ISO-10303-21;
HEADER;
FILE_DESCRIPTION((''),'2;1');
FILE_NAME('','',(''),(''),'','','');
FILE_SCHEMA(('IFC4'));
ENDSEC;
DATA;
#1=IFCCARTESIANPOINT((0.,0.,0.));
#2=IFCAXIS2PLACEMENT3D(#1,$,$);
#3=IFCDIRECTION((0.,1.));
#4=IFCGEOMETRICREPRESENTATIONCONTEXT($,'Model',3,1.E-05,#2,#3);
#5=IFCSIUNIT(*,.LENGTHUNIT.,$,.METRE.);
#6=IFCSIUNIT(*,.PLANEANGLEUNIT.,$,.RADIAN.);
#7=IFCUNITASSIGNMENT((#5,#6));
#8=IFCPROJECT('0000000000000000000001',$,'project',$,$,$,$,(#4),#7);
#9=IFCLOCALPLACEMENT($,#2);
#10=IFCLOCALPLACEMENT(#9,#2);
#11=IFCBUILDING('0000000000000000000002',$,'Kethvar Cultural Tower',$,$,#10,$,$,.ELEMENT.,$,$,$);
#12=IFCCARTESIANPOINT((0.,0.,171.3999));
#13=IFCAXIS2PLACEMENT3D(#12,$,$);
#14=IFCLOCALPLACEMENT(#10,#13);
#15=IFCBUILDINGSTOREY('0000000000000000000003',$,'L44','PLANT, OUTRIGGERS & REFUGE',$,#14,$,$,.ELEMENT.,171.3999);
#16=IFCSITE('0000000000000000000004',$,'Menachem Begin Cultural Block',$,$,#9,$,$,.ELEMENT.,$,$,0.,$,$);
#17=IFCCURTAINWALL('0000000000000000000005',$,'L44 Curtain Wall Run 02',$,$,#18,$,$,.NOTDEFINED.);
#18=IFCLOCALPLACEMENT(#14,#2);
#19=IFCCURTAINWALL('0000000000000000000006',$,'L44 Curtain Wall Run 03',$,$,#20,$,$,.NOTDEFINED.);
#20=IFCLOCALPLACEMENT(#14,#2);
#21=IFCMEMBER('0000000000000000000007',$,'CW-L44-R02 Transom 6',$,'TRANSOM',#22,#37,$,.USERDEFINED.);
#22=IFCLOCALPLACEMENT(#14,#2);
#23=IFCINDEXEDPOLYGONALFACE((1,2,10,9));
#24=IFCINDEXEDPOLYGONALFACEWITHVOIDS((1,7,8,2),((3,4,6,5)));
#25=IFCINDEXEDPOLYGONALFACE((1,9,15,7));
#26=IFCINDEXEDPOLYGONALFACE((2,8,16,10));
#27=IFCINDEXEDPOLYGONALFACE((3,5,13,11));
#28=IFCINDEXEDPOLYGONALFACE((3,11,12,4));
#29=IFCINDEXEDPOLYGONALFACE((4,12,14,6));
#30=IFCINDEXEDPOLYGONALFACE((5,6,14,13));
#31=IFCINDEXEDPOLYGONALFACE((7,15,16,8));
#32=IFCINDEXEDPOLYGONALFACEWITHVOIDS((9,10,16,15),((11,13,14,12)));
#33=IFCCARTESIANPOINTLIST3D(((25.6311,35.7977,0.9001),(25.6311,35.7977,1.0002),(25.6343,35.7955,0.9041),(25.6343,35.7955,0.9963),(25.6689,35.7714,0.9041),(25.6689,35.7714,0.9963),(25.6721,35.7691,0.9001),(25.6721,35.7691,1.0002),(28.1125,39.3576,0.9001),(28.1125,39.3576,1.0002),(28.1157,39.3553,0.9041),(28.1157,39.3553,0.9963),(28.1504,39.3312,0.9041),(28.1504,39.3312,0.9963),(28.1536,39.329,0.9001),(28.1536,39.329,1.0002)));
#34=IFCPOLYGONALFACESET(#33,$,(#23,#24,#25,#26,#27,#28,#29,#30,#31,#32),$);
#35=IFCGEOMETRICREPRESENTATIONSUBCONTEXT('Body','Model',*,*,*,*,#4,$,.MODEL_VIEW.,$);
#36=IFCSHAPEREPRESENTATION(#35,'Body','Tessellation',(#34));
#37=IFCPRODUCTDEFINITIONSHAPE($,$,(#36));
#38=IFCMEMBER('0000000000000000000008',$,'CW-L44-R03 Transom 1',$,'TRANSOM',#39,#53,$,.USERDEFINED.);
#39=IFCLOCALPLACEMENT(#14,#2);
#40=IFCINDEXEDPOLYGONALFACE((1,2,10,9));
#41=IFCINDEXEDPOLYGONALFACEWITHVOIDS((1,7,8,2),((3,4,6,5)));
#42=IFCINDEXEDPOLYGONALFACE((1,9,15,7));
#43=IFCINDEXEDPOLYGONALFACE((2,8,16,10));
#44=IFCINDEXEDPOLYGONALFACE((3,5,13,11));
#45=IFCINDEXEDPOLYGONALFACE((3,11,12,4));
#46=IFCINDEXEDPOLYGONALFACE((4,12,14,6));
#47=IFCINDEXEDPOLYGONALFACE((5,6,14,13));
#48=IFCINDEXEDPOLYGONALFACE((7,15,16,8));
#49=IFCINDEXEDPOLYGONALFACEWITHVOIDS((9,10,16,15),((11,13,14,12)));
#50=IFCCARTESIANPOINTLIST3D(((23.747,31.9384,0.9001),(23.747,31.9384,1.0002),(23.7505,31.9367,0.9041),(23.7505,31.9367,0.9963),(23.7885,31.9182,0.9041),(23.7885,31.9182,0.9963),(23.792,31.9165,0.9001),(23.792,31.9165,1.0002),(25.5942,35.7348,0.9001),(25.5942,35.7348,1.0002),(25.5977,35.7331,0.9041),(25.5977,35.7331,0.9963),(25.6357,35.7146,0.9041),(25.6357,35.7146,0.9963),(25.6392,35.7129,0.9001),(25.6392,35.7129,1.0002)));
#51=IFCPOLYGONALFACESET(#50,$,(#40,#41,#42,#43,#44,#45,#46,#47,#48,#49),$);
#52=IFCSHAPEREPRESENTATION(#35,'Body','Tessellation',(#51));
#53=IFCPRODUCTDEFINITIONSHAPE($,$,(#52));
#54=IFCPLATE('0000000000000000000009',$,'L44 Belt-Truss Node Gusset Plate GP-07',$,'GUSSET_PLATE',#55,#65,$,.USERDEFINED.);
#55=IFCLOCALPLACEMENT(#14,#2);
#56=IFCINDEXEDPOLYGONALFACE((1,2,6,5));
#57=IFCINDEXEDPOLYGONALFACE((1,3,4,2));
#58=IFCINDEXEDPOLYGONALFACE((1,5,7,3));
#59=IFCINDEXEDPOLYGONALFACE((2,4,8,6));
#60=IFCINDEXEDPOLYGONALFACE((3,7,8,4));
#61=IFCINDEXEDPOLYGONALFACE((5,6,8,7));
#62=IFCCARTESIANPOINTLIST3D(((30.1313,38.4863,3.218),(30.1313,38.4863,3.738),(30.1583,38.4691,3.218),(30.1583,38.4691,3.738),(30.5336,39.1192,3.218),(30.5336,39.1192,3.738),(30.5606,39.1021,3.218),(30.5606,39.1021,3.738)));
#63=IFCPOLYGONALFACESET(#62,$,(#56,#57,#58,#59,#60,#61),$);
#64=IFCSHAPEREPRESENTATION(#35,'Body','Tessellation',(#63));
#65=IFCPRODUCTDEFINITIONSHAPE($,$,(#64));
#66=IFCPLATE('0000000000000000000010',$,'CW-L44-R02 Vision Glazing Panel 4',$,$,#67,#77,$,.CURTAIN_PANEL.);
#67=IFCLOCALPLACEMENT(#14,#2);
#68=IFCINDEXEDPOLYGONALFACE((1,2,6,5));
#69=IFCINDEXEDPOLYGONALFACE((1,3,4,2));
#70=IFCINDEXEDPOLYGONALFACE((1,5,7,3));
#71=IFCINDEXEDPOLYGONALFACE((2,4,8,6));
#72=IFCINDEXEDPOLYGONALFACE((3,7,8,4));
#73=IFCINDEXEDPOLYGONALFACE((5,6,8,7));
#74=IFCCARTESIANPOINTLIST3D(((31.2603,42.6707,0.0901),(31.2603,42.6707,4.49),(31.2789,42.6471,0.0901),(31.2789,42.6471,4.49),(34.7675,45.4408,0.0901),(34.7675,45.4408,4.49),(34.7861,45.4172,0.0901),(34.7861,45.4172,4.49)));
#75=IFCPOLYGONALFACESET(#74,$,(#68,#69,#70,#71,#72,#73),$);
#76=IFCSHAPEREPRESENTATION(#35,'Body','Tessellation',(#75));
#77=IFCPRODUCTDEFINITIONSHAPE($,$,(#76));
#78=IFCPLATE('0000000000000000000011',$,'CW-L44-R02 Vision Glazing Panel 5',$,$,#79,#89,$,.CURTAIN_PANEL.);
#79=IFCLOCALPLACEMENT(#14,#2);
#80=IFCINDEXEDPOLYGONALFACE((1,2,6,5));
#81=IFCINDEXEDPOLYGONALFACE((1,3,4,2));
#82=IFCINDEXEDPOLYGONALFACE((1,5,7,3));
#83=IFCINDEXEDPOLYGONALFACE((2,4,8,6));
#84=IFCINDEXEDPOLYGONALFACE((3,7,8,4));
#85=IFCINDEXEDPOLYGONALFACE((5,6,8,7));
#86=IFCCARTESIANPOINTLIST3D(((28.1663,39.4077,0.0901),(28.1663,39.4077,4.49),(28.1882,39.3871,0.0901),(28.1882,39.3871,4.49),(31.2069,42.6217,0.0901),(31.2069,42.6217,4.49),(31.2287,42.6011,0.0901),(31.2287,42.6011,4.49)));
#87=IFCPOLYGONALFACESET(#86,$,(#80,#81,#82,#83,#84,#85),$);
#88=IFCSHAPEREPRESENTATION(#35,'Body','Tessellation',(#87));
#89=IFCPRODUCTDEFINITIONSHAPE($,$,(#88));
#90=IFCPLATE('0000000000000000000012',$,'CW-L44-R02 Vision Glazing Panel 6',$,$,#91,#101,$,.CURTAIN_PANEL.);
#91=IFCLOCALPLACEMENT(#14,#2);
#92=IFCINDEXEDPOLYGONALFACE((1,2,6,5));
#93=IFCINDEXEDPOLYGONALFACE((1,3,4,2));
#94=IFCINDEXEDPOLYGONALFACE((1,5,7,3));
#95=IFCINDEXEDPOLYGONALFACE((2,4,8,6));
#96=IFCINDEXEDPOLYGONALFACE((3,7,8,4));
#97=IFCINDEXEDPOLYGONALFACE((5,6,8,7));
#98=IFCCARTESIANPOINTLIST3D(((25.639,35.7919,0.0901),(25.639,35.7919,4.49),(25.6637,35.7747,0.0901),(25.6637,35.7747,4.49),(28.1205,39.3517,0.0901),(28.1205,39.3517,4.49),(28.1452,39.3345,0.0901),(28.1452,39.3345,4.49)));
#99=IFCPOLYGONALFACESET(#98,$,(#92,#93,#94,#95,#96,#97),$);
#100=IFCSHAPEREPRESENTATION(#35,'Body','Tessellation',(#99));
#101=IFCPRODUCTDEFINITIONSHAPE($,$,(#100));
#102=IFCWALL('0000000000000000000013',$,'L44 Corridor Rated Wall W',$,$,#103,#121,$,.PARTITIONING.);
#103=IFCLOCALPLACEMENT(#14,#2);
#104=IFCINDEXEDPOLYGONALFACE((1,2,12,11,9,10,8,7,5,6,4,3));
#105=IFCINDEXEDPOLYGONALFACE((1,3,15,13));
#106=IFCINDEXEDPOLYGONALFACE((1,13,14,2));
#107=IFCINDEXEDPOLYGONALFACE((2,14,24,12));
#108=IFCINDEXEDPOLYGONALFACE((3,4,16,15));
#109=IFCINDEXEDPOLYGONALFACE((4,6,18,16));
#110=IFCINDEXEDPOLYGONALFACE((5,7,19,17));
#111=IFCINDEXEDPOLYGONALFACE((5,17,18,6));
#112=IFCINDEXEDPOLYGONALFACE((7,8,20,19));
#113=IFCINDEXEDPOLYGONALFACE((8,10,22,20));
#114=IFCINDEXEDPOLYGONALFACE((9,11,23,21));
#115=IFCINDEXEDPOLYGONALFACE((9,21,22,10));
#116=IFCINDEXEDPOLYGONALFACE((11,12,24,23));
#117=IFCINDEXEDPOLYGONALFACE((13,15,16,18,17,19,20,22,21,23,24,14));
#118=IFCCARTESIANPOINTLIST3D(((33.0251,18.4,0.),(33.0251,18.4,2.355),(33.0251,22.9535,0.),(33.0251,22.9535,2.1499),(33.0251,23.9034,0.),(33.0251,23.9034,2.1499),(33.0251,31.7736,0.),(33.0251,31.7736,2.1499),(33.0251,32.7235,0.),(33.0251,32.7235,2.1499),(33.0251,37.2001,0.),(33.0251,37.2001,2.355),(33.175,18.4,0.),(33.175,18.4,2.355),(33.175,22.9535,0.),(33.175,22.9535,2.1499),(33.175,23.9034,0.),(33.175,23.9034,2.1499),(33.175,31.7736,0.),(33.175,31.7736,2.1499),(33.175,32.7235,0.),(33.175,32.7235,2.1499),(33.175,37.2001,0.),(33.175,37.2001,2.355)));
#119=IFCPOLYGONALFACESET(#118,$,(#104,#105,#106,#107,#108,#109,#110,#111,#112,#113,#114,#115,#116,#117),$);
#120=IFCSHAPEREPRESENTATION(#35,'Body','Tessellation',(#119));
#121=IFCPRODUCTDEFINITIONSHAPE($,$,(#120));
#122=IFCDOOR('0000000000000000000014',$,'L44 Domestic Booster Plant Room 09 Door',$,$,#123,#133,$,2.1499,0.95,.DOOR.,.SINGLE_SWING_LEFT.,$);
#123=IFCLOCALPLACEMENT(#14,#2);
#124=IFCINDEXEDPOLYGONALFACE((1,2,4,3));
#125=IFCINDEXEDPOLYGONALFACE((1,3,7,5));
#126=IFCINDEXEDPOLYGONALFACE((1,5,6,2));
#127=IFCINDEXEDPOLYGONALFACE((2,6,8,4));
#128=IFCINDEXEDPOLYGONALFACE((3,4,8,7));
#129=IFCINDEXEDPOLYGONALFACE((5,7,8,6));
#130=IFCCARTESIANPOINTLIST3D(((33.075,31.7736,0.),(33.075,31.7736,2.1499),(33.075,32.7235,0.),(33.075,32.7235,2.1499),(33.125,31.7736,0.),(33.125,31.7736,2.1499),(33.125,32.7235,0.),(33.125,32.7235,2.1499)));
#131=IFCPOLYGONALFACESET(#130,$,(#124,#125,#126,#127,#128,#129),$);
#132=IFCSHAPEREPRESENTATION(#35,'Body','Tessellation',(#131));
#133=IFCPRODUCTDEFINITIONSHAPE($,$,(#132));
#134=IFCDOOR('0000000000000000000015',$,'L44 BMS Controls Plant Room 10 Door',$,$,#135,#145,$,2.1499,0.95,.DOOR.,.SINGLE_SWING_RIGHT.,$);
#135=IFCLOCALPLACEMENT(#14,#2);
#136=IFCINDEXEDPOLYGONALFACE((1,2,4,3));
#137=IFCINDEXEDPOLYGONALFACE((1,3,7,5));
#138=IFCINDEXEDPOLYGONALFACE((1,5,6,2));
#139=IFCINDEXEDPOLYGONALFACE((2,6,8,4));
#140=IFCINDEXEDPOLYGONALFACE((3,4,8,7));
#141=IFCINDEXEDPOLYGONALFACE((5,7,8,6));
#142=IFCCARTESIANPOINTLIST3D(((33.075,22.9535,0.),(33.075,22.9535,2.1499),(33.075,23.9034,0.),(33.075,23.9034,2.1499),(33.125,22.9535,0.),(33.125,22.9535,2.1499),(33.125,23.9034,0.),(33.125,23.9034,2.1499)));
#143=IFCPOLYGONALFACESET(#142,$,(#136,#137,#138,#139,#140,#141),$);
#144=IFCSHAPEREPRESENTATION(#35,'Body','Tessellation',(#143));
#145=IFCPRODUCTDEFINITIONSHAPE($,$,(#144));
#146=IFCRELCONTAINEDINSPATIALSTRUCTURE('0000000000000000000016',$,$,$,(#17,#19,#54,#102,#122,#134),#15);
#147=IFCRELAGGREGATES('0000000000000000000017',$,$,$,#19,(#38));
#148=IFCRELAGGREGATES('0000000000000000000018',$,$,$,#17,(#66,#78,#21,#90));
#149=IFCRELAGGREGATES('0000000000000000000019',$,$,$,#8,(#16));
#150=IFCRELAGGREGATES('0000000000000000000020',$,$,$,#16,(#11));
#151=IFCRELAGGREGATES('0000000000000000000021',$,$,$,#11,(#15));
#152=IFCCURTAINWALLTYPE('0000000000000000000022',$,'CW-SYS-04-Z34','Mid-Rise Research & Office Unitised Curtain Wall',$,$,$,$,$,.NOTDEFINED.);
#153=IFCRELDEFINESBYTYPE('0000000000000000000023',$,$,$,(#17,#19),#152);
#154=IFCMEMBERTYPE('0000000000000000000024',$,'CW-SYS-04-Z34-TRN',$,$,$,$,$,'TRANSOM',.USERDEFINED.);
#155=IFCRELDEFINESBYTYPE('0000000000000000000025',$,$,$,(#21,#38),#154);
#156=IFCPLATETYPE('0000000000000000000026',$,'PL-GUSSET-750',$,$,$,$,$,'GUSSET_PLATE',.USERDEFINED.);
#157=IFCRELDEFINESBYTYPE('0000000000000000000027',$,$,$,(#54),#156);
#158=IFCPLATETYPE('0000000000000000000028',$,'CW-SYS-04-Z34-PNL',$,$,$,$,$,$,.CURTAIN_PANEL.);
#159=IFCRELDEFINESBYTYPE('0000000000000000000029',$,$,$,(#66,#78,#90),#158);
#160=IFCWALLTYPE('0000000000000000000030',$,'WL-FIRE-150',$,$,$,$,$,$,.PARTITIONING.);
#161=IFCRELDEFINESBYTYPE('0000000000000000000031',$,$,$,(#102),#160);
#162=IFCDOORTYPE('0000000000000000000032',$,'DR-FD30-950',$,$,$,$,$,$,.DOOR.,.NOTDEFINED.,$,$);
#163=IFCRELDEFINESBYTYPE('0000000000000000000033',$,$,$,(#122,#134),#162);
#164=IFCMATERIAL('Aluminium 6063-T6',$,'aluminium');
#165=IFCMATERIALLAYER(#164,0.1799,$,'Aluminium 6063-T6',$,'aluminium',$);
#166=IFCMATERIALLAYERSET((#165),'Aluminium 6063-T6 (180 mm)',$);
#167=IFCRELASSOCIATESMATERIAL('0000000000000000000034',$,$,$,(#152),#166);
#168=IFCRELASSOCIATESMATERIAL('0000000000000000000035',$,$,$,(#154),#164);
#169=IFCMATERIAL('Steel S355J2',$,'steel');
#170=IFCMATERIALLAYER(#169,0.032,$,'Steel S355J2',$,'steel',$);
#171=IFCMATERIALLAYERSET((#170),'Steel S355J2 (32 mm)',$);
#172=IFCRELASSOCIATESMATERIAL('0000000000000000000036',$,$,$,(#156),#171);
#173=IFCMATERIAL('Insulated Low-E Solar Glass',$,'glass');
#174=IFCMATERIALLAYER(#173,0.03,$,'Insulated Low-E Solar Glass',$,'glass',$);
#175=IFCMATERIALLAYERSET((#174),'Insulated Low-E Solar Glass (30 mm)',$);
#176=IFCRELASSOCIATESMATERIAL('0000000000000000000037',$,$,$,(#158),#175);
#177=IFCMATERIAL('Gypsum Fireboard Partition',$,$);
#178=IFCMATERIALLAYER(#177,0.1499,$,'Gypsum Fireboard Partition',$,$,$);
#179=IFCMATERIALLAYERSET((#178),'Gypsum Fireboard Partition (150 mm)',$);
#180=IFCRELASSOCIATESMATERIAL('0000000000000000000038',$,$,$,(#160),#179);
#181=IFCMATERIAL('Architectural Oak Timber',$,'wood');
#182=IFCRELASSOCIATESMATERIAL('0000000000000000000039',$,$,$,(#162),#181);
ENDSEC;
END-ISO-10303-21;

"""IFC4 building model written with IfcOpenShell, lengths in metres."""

from ifc_helpers import new_model, si_unit, direction, frame, frame_2d, origin, origin_2d, place, context, subcontext, project, spatial, rectangle, hollow_rectangle, extrude, source, transform, mapped, material, layer, layer_set, material_profile, profile_set, type_object, element, fill, aggregate, save


model = new_model("IFC4")

# Units and contexts
model_context = context("Model", 3, precision=1e-05, world=origin(), true_north=direction((0.0, 1.0)))
body_context = subcontext(model_context, "Body", "Model", "MODEL_VIEW")
ifc_project = project(units=[si_unit("LENGTHUNIT", "METRE"), si_unit("PLANEANGLEUNIT", "RADIAN")], contexts=[model_context])

# Site, building, storey
site_placement = place(None, origin())
site = spatial("IfcSite", under=ifc_project, at=site_placement, Name="Menachem Begin Cultural Block", CompositionType="ELEMENT", RefElevation=0.0)
building_placement = place(site_placement, origin())
building = spatial("IfcBuilding", under=site, at=building_placement, Name="Kethvar Cultural Tower", CompositionType="ELEMENT")
storey_placement = place(building_placement, frame((0.0, 0.0, 171.3999)))
storey = spatial("IfcBuildingStorey", under=building, at=storey_placement, Name="L44", Description="PLANT, OUTRIGGERS & REFUGE", CompositionType="ELEMENT", Elevation=171.3999)

# Curtain wall
ifc_material_1 = material(Name="Aluminium 6063-T6", Category="aluminium")
ifc_layer_1 = layer(ifc_material_1, 0.1799, Name="Aluminium 6063-T6", Category="aluminium")
ifc_layer_set_1 = layer_set([ifc_layer_1], Name="Aluminium 6063-T6 (180 mm)")
curtain_wall_type = type_object("IfcCurtainWallType", Name="CW-SYS-04-Z34", Description="Mid-Rise Research & Office Unitised Curtain Wall", PredefinedType="NOTDEFINED", material=ifc_layer_set_1)
curtain_wall_1_placement = place(storey_placement, origin())
curtain_wall_1 = element("IfcCurtainWall", 1, at=curtain_wall_1_placement, inside=storey, type_object=curtain_wall_type, Name="L44 Curtain Wall Run 02", PredefinedType="NOTDEFINED")

# Curtain wall
curtain_wall_2_placement = place(storey_placement, origin())
curtain_wall_2 = element("IfcCurtainWall", 2, at=curtain_wall_2_placement, inside=storey, type_object=curtain_wall_type, Name="L44 Curtain Wall Run 03", PredefinedType="NOTDEFINED")

# Members
ifc_material_profile_1 = material_profile(ifc_material_1, hollow_rectangle(XDim=0.05, YDim=0.1001, WallThickness=0.0039, at=origin_2d()), Name="Aluminium 6063-T6 — RHS100x50x4")
ifc_profile_set_1 = profile_set([ifc_material_profile_1], Name="Aluminium 6063-T6 — RHS100x50x4")
member_type_1 = type_object("IfcMemberType", Name="CW-SYS-04-Z34-TRN", ElementType="TRANSOM", PredefinedType="USERDEFINED", material=ifc_profile_set_1)
shared_shape_1 = source(origin(), body_context, "Body", "SweptSolid", [
    extrude(hollow_rectangle(XDim=0.05, YDim=0.1001, WallThickness=0.0039, at=origin_2d()), origin(), (0.0, 0.0, 1.0), 4.3394),
])
member_1_placement = place(storey_placement, frame((28.1331, 39.3433, 0.9502), z_axis=(-0.571849, -0.820359, 0.0), x_axis=(0.820359, -0.571849, 0.0)))
member_1 = element("IfcMember", 3, at=member_1_placement, type_object=member_type_1, Name="CW-L44-R02 Transom 6", ObjectType="TRANSOM", PredefinedType="USERDEFINED", context=body_context, shape_type="MappedRepresentation", body=[
    mapped(shared_shape_1, transform((0.0, 0.0, 0.0), scale=1.0)),
])
shared_shape_2 = source(origin(), body_context, "Body", "SweptSolid", [
    extrude(hollow_rectangle(XDim=0.05, YDim=0.1001, WallThickness=0.0039, at=origin_2d()), origin(), (0.0, 0.0, 1.0), 4.2219),
])
member_2_placement = place(storey_placement, frame((25.6167, 35.7239, 0.9502), z_axis=(-0.437519, -0.899209, 0.0), x_axis=(0.899209, -0.437519, 0.0)))
member_2 = element("IfcMember", 4, at=member_2_placement, type_object=member_type_1, Name="CW-L44-R03 Transom 1", ObjectType="TRANSOM", PredefinedType="USERDEFINED", context=body_context, shape_type="MappedRepresentation", body=[
    mapped(shared_shape_2, transform((0.0, 0.0, 0.0), scale=1.0)),
])
aggregate(curtain_wall_2, [member_2])

# Plates
ifc_material_2 = material(Name="Steel S355J2", Category="steel")
ifc_layer_2 = layer(ifc_material_2, 0.032, Name="Steel S355J2", Category="steel")
ifc_layer_set_2 = layer_set([ifc_layer_2], Name="Steel S355J2 (32 mm)")
plate_type_1 = type_object("IfcPlateType", Name="PL-GUSSET-750", ElementType="GUSSET_PLATE", PredefinedType="USERDEFINED", material=ifc_layer_set_2)
shared_shape_3 = source(origin(), body_context, "Body", "SweptSolid", [
    extrude(rectangle(XDim=0.75, YDim=0.032, at=origin_2d()), origin(), (0.0, 0.0, 1.0), 0.52),
])
plate_1_placement = place(storey_placement, frame((30.3459, 38.7942, 3.218), z_axis=(0.0, 0.0, 1.0), x_axis=(-0.536471, -0.843919, 0.0)))
element("IfcPlate", 5, at=plate_1_placement, inside=storey, type_object=plate_type_1, Name="L44 Belt-Truss Node Gusset Plate GP-07", ObjectType="GUSSET_PLATE", PredefinedType="USERDEFINED", context=body_context, shape_type="MappedRepresentation", body=[
    mapped(shared_shape_3, transform((0.0, 0.0, 0.0), scale=1.0)),
])
ifc_material_3 = material(Name="Insulated Low-E Solar Glass", Category="glass")
ifc_layer_3 = layer(ifc_material_3, 0.03, Name="Insulated Low-E Solar Glass", Category="glass")
ifc_layer_set_3 = layer_set([ifc_layer_3], Name="Insulated Low-E Solar Glass (30 mm)")
plate_type_2 = type_object("IfcPlateType", Name="CW-SYS-04-Z34-PNL", PredefinedType="CURTAIN_PANEL", material=ifc_layer_set_3)
shared_shape_4 = source(origin(), body_context, "Body", "SweptSolid", [
    extrude(rectangle(XDim=4.4692, YDim=0.03, at=origin_2d()), origin(), (0.0, 0.0, 1.0), 4.3999),
])
plate_2_placement = place(storey_placement, frame((33.0232, 44.0439, 0.0901), z_axis=(0.0, 0.0, 1.0), x_axis=(-0.784755, -0.619806, 0.0)))
plate_2 = element("IfcPlate", 6, at=plate_2_placement, type_object=plate_type_2, Name="CW-L44-R02 Vision Glazing Panel 4", PredefinedType="CURTAIN_PANEL", context=body_context, shape_type="MappedRepresentation", body=[
    mapped(shared_shape_4, transform((0.0, 0.0, 0.0), scale=1.0)),
])
shared_shape_5 = source(origin(), body_context, "Body", "SweptSolid", [
    extrude(rectangle(XDim=4.4243, YDim=0.03, at=origin_2d()), origin(), (0.0, 0.0, 1.0), 4.3999),
])
plate_3_placement = place(storey_placement, frame((29.6975, 41.0044, 0.0901), z_axis=(0.0, 0.0, 1.0), x_axis=(-0.687227, -0.726443, 0.0)))
plate_3 = element("IfcPlate", 7, at=plate_3_placement, type_object=plate_type_2, Name="CW-L44-R02 Vision Glazing Panel 5", PredefinedType="CURTAIN_PANEL", context=body_context, shape_type="MappedRepresentation", body=[
    mapped(shared_shape_5, transform((0.0, 0.0, 0.0), scale=1.0)),
])
shared_shape_6 = source(origin(), body_context, "Body", "SweptSolid", [
    extrude(rectangle(XDim=4.3394, YDim=0.03, at=origin_2d()), origin(), (0.0, 0.0, 1.0), 4.3999),
])
plate_4_placement = place(storey_placement, frame((26.8921, 37.5632, 0.0901), z_axis=(0.0, 0.0, 1.0), x_axis=(-0.57186, -0.820352, 0.0)))
plate_4 = element("IfcPlate", 8, at=plate_4_placement, type_object=plate_type_2, Name="CW-L44-R02 Vision Glazing Panel 6", PredefinedType="CURTAIN_PANEL", context=body_context, shape_type="MappedRepresentation", body=[
    mapped(shared_shape_6, transform((0.0, 0.0, 0.0), scale=1.0)),
])
aggregate(curtain_wall_1, [plate_2, plate_3, member_1, plate_4])

# Wall, openings, doors
ifc_material_4 = material(Name="Gypsum Fireboard Partition")
ifc_layer_4 = layer(ifc_material_4, 0.1499, Name="Gypsum Fireboard Partition")
ifc_layer_set_4 = layer_set([ifc_layer_4], Name="Gypsum Fireboard Partition (150 mm)")
wall_type = type_object("IfcWallType", Name="WL-FIRE-150", PredefinedType="PARTITIONING", material=ifc_layer_set_4)
wall_placement = place(storey_placement, frame((33.1001, 37.2, 0.0), z_axis=(0.0, 0.0, 1.0), x_axis=(0.0, -1.0, 0.0)))
wall = element("IfcWall", 9, at=wall_placement, inside=storey, type_object=wall_type, Name="L44 Corridor Rated Wall W", PredefinedType="PARTITIONING", context=body_context, shape_type="SweptSolid", body=[
    extrude(rectangle(XDim=18.8, YDim=0.1499, at=frame_2d((9.3999, 0.0))), origin(), (0.0, 0.0, 1.0), 2.355),
])
opening_1_placement = place(wall_placement, frame((4.4763, 0.0, 0.0)))
opening_1 = element("IfcOpeningElement", 10, at=opening_1_placement, cuts=wall, PredefinedType="OPENING", context=body_context, shape_type="SweptSolid", body=[
    extrude(rectangle(XDim=0.95, YDim=2.1499, at=frame_2d((0.4751, 1.075))), frame((0.0, 0.085, 0.0), z_axis=(0.0, -1.0, 0.0), x_axis=(1.0, 0.0, 0.0)), (0.0, 0.0, 1.0), 0.1699),
])
opening_2_placement = place(wall_placement, frame((13.2964, 0.0, 0.0)))
opening_2 = element("IfcOpeningElement", 11, at=opening_2_placement, cuts=wall, PredefinedType="OPENING", context=body_context, shape_type="SweptSolid", body=[
    extrude(rectangle(XDim=0.95, YDim=2.1499, at=frame_2d((0.4751, 1.075))), frame((0.0, 0.085, 0.0), z_axis=(0.0, -1.0, 0.0), x_axis=(1.0, 0.0, 0.0)), (0.0, 0.0, 1.0), 0.1699),
])
ifc_material_5 = material(Name="Architectural Oak Timber", Category="wood")
door_type = type_object("IfcDoorType", Name="DR-FD30-950", OperationType="NOTDEFINED", PredefinedType="DOOR", material=ifc_material_5)
shared_shape_7 = source(origin(), body_context, "Body", "SweptSolid", [
    extrude(rectangle(XDim=0.95, YDim=2.1499, at=frame_2d((0.4751, 1.075))), frame((0.0, 0.0249, 0.0), z_axis=(0.0, -1.0, 0.0), x_axis=(1.0, 0.0, 0.0)), (0.0, 0.0, 1.0), 0.05),
])
door_1_placement = place(opening_1_placement, origin())
door_1 = element("IfcDoor", 12, at=door_1_placement, inside=storey, type_object=door_type, Name="L44 Domestic Booster Plant Room 09 Door", OperationType="SINGLE_SWING_LEFT", OverallHeight=2.1499, OverallWidth=0.95, PredefinedType="DOOR", context=body_context, shape_type="MappedRepresentation", body=[
    mapped(shared_shape_7, transform((0.0, 0.0, 0.0), scale=1.0)),
])
fill(opening_1, door_1)
door_2_placement = place(opening_2_placement, origin())
door_2 = element("IfcDoor", 13, at=door_2_placement, inside=storey, type_object=door_type, Name="L44 BMS Controls Plant Room 10 Door", OperationType="SINGLE_SWING_RIGHT", OverallHeight=2.1499, OverallWidth=0.95, PredefinedType="DOOR", context=body_context, shape_type="MappedRepresentation", body=[
    mapped(shared_shape_7, transform((0.0, 0.0, 0.0), scale=1.0)),
])
fill(opening_2, door_2)

save(model, "model.ifc")
